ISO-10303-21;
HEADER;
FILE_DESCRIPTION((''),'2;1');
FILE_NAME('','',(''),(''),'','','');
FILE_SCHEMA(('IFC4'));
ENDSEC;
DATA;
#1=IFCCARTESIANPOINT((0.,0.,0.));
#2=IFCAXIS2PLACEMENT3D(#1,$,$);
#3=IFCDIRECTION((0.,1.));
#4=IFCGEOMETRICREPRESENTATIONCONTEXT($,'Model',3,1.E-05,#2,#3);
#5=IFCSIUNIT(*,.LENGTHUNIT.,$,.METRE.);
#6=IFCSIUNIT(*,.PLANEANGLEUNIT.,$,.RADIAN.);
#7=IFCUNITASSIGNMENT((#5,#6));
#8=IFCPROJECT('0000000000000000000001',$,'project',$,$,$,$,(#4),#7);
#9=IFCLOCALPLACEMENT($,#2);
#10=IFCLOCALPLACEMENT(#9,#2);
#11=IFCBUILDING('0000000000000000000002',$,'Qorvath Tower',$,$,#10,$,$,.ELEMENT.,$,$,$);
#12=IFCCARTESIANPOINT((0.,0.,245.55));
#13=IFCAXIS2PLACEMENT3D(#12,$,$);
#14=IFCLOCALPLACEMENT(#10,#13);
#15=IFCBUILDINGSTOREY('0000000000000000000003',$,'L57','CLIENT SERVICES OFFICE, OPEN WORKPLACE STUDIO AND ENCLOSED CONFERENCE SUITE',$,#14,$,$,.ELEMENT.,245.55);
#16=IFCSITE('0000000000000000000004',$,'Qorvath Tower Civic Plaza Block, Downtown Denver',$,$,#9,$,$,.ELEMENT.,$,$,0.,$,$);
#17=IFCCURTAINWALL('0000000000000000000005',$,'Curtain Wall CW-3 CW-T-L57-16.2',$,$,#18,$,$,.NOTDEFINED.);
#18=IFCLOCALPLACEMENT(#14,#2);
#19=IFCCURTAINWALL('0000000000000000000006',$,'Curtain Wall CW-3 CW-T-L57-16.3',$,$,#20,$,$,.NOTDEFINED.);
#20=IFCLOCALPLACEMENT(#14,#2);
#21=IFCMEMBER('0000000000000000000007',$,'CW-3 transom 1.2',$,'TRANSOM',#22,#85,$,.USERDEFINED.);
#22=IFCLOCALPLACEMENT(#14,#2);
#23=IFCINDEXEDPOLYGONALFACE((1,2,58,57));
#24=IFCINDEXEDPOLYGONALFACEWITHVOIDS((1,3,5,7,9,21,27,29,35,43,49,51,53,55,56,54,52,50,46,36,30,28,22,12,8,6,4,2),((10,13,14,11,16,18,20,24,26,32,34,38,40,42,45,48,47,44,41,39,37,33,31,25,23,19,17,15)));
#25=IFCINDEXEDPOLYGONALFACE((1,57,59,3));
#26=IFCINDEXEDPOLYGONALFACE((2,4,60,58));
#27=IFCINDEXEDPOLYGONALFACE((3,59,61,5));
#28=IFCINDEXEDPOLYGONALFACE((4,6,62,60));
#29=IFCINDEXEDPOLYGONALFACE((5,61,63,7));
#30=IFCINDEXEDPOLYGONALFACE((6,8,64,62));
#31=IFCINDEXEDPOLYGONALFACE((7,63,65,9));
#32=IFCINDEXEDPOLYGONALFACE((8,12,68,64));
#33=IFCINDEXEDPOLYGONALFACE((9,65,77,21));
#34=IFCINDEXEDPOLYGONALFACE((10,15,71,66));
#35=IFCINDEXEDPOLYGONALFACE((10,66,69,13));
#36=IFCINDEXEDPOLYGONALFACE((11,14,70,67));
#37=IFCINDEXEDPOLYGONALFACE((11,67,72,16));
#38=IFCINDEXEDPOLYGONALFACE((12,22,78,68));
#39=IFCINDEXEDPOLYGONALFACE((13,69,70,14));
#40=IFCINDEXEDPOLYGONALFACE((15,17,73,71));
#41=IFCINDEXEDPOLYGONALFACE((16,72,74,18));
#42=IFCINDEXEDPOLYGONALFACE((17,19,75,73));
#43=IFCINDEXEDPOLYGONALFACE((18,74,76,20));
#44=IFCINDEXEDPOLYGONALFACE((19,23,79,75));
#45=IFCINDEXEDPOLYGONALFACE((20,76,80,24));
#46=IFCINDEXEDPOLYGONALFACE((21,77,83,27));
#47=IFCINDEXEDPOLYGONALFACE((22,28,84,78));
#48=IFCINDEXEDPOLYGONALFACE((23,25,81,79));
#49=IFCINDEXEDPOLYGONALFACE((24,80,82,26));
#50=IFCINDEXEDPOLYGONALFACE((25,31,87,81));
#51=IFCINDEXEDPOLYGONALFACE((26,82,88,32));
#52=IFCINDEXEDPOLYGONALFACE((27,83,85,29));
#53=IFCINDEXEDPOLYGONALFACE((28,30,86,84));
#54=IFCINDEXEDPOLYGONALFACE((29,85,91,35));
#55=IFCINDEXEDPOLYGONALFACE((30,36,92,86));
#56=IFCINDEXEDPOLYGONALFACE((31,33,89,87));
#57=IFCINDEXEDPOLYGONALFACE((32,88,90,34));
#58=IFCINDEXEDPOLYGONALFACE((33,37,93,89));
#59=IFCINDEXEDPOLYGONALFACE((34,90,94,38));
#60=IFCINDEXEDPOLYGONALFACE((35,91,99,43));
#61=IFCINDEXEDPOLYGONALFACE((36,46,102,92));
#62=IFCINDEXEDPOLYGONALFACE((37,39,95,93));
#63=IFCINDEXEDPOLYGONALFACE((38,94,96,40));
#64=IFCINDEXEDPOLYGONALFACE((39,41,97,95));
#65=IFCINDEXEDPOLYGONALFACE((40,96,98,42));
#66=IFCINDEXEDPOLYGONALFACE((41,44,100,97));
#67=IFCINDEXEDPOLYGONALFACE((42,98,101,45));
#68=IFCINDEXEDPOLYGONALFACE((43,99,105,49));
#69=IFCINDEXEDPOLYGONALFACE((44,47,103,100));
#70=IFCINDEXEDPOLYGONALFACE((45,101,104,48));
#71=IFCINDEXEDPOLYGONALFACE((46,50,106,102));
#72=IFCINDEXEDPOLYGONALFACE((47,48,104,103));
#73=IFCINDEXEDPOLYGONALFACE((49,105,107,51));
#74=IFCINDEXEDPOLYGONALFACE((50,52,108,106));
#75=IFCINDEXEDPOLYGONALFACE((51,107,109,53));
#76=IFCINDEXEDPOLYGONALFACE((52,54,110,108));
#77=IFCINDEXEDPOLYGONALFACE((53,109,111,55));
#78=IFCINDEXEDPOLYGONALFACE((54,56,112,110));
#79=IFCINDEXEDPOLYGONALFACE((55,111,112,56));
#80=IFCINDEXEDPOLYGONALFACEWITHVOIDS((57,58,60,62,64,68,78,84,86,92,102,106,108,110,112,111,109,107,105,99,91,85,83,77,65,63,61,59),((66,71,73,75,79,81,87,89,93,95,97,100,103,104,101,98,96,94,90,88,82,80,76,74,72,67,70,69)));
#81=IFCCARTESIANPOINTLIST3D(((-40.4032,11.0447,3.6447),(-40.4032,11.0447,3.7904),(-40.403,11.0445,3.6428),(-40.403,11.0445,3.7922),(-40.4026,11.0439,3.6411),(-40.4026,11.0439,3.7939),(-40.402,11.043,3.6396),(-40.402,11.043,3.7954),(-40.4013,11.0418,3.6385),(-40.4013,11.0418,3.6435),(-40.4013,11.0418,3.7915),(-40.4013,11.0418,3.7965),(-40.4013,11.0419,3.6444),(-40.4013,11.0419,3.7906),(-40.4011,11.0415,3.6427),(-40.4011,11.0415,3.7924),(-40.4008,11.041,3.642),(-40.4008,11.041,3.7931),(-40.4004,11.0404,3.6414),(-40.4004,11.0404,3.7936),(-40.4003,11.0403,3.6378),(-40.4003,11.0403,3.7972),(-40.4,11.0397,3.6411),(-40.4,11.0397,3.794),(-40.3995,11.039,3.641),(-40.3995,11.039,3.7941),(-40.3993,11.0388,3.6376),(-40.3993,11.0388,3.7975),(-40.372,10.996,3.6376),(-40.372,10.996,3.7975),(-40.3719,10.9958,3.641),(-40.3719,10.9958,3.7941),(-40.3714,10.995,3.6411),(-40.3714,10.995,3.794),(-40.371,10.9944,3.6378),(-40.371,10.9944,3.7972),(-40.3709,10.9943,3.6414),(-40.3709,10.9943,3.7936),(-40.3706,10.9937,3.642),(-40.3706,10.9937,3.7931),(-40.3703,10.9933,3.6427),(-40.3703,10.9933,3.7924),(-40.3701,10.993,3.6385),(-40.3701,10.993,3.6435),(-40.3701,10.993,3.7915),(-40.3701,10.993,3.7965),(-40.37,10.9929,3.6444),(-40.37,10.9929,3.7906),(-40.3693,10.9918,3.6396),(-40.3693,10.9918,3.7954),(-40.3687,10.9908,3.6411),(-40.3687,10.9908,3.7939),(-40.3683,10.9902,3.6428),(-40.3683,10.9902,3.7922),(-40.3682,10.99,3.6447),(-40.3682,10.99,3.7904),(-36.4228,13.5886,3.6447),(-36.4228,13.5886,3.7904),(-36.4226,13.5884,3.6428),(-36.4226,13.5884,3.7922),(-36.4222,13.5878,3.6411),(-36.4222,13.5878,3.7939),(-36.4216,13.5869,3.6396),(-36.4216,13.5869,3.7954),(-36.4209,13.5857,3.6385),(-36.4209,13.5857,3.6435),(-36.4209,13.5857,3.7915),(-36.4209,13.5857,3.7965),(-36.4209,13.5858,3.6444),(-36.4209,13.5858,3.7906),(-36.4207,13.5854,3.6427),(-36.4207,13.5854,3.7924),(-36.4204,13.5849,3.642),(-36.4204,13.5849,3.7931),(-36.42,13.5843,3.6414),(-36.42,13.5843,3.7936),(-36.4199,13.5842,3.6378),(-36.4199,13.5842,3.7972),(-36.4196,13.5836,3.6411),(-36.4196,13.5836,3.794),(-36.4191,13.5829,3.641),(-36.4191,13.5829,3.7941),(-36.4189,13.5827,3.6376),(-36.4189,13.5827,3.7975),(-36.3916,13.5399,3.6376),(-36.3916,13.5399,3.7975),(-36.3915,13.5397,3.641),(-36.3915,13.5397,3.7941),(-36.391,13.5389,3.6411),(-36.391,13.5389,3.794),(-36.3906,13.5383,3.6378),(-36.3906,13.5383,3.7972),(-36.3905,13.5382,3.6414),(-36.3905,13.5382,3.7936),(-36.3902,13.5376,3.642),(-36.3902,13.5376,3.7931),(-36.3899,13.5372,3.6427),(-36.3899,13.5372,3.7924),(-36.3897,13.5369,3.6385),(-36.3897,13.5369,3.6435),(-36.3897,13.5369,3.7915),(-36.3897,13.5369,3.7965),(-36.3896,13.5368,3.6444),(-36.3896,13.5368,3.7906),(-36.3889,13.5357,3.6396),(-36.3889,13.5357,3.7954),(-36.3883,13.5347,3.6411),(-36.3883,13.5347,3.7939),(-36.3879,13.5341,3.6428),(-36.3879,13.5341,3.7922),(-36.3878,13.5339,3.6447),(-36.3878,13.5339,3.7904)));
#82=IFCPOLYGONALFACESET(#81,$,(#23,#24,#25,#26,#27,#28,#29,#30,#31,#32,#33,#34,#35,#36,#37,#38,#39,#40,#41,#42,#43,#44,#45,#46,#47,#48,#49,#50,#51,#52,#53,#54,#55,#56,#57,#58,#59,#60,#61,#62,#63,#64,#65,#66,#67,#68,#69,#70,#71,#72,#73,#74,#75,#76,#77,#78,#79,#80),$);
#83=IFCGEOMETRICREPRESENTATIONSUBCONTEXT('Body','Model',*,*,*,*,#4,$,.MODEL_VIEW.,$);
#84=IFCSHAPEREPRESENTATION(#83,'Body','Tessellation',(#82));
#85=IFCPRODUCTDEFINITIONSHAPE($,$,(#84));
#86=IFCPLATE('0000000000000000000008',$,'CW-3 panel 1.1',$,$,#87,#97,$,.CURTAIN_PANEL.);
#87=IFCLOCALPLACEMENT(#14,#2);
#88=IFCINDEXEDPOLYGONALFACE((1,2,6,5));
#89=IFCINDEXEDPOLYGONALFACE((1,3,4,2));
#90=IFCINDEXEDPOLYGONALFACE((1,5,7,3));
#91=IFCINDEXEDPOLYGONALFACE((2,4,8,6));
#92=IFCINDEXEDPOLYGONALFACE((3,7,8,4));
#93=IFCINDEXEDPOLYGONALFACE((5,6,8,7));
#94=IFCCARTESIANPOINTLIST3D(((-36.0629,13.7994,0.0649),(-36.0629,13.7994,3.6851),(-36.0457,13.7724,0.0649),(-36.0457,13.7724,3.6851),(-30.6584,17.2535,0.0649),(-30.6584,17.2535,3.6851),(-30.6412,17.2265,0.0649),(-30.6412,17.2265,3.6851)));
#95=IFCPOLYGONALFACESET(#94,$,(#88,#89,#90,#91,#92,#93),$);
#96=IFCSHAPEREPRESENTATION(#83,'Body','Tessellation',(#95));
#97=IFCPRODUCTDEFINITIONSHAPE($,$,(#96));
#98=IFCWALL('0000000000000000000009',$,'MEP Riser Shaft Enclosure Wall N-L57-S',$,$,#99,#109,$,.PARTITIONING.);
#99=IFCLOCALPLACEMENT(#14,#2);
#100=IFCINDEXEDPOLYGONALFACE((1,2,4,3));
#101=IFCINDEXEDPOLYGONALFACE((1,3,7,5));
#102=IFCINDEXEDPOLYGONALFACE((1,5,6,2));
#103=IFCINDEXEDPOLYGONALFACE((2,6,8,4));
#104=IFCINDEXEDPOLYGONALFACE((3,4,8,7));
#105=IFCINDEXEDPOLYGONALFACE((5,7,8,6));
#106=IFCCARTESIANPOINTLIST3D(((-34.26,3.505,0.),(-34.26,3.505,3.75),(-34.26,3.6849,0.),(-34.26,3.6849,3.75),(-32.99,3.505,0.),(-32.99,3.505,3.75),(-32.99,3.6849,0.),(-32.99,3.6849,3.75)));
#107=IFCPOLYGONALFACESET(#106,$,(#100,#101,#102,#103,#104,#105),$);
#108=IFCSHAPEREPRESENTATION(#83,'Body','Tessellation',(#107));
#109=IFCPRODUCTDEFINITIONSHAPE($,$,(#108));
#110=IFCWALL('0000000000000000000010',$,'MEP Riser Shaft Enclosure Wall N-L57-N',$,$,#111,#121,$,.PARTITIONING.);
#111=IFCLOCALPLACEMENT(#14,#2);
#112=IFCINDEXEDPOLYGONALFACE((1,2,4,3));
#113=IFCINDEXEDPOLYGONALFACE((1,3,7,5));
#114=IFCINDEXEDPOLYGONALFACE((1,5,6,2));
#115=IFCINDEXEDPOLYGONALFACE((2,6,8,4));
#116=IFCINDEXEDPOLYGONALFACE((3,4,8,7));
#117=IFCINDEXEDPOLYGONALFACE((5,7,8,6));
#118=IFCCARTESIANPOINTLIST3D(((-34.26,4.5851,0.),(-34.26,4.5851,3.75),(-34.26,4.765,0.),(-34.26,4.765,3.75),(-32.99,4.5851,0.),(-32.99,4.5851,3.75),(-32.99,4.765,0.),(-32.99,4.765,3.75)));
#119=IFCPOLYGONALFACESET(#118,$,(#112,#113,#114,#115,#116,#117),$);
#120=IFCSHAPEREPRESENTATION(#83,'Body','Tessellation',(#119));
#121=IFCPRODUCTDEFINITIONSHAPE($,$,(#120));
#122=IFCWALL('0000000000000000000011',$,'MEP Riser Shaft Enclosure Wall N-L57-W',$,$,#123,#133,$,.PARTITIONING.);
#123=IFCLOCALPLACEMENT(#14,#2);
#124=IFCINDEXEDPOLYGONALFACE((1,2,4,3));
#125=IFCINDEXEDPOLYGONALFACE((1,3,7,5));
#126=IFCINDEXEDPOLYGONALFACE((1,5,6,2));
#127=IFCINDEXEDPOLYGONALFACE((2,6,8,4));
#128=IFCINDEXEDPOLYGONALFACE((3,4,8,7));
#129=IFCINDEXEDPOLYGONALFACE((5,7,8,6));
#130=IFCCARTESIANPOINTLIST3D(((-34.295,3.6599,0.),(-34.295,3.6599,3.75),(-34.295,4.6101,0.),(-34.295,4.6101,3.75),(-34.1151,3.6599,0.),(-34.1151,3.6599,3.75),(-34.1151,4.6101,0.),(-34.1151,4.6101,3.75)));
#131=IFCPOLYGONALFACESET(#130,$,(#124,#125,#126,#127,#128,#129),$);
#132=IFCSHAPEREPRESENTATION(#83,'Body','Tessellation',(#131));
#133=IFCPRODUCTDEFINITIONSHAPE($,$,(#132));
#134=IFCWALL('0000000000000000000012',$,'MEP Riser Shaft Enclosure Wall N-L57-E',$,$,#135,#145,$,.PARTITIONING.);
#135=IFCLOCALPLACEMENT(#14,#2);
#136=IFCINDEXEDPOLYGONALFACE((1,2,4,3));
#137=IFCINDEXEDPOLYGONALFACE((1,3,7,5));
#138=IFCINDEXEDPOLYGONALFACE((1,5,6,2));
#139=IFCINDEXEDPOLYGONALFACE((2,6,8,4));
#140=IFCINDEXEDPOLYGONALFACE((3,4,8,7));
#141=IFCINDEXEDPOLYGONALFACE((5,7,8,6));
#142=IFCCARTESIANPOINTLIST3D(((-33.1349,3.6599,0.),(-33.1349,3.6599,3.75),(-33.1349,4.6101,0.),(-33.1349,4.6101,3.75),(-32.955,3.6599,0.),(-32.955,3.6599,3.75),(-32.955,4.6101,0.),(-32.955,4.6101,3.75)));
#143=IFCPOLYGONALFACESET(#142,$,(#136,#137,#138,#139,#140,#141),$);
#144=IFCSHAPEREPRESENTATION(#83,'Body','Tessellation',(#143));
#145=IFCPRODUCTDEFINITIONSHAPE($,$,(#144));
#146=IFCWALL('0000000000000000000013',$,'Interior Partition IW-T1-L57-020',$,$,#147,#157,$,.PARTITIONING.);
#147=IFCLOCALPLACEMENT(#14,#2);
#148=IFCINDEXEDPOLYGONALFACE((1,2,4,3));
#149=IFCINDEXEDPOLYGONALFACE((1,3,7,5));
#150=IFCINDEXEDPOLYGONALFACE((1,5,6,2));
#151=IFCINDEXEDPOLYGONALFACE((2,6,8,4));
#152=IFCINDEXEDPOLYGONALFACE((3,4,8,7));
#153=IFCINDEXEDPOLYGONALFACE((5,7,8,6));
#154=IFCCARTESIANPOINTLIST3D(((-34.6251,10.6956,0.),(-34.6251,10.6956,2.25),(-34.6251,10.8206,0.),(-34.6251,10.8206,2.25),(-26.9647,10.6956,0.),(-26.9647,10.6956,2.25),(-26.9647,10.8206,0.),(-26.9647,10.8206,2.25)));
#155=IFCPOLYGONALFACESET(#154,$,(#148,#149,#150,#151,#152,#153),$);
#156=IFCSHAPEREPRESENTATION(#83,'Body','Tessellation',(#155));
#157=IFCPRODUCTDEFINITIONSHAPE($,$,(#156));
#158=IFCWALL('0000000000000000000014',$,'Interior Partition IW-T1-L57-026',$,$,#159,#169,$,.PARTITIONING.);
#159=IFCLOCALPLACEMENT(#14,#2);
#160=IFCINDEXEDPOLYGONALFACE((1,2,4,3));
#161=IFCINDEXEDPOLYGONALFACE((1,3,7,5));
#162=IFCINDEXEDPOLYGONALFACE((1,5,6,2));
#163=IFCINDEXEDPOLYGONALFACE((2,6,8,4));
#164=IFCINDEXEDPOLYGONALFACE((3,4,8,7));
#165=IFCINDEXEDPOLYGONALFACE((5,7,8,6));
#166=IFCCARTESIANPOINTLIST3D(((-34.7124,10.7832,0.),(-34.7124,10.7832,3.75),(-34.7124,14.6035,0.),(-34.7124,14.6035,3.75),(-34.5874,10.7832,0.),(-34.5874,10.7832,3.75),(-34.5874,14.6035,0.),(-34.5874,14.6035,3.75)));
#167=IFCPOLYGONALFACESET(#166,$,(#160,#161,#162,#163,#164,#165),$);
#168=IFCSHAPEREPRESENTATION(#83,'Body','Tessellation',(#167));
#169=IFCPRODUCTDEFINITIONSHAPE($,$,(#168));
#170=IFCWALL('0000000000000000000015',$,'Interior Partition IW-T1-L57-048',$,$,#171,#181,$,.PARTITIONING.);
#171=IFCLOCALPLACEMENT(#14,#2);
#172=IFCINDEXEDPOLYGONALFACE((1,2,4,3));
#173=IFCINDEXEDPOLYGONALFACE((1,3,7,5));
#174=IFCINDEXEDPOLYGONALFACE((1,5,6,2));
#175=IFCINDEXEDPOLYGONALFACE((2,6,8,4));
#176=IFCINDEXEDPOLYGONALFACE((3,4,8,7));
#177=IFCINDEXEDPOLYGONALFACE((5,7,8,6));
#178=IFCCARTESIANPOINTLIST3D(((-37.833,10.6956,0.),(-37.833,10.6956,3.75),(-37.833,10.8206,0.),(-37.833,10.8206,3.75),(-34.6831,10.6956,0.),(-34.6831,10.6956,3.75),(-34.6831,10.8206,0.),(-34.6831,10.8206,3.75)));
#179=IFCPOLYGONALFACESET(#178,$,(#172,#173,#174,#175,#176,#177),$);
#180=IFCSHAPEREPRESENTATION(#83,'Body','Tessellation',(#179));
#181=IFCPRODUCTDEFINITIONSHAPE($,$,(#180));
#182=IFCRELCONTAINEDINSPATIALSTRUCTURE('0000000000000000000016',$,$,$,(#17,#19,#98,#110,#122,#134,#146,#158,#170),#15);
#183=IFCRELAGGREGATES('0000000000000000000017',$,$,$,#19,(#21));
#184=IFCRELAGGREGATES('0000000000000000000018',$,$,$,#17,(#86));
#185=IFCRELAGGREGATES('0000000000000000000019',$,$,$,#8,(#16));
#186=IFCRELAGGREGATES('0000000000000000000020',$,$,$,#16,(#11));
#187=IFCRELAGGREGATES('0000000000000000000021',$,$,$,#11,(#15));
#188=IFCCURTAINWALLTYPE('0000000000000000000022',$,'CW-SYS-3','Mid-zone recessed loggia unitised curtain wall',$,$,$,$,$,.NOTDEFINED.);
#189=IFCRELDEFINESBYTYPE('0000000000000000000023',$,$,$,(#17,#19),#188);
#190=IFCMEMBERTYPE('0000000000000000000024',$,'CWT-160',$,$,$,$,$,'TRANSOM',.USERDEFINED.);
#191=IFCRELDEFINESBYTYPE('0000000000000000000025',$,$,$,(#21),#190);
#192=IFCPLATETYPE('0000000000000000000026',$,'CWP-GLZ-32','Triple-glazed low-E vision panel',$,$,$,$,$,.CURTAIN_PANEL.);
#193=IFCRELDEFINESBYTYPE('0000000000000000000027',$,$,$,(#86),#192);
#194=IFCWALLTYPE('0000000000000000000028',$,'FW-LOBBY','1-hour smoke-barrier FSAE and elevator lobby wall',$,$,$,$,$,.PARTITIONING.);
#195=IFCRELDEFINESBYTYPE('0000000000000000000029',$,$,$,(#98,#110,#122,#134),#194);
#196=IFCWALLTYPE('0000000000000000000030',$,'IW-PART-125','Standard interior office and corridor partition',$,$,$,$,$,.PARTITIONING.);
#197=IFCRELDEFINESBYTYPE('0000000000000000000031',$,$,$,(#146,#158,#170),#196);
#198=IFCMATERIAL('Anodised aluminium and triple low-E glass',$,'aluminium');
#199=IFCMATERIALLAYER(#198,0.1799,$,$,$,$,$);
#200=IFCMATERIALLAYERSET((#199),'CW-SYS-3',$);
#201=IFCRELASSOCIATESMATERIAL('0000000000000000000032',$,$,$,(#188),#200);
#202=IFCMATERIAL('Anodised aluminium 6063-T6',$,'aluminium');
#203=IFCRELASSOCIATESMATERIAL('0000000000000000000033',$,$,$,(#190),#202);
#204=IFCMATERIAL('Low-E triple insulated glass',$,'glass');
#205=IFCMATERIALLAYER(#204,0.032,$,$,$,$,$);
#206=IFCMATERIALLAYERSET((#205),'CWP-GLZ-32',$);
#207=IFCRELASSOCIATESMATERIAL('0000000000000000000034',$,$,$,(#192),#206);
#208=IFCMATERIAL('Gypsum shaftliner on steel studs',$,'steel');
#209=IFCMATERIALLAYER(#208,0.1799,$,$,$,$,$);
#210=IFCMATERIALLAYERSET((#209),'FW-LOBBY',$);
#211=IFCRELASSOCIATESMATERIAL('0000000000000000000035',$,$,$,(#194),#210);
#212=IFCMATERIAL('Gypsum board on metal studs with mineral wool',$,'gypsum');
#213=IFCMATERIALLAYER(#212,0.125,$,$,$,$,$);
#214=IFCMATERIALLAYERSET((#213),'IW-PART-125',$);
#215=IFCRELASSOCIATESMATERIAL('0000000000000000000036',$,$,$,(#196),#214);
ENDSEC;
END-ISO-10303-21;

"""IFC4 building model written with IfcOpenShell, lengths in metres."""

from ifc_helpers import new_model, si_unit, direction, frame, frame_2d, origin, origin_2d, place, context, subcontext, project, spatial, rectangle, hollow_rectangle, extrude, material, layer, layer_set, material_profile, profile_set, type_object, element, aggregate, save


model = new_model("IFC4")

# Units and contexts
model_context = context("Model", 3, precision=1e-05, world=origin(), true_north=direction((0.0, 1.0)))
body_context = subcontext(model_context, "Body", "Model", "MODEL_VIEW")
ifc_project = project(units=[si_unit("LENGTHUNIT", "METRE"), si_unit("PLANEANGLEUNIT", "RADIAN")], contexts=[model_context])

# Site, building, storey
site_placement = place(None, origin())
site = spatial("IfcSite", under=ifc_project, at=site_placement, Name="Qorvath Tower Civic Plaza Block, Downtown Denver", CompositionType="ELEMENT", RefElevation=0.0)
building_placement = place(site_placement, origin())
building = spatial("IfcBuilding", under=site, at=building_placement, Name="Qorvath Tower", CompositionType="ELEMENT")
storey_placement = place(building_placement, frame((0.0, 0.0, 245.55)))
storey = spatial("IfcBuildingStorey", under=building, at=storey_placement, Name="L57", Description="CLIENT SERVICES OFFICE, OPEN WORKPLACE STUDIO AND ENCLOSED CONFERENCE SUITE", CompositionType="ELEMENT", Elevation=245.55)

# Curtain walls
ifc_material_1 = material(Name="Anodised aluminium and triple low-E glass", Category="aluminium")
ifc_layer_1 = layer(ifc_material_1, 0.1799)
ifc_layer_set_1 = layer_set([ifc_layer_1], Name="CW-SYS-3")
curtain_wall_type = type_object("IfcCurtainWallType", Name="CW-SYS-3", Description="Mid-zone recessed loggia unitised curtain wall", PredefinedType="NOTDEFINED", material=ifc_layer_set_1)
curtain_wall_1_placement = place(storey_placement, origin())
curtain_wall_1 = element("IfcCurtainWall", 1, at=curtain_wall_1_placement, inside=storey, type_object=curtain_wall_type, Name="Curtain Wall CW-3 CW-T-L57-16.2", PredefinedType="NOTDEFINED")
curtain_wall_2_placement = place(storey_placement, origin())
curtain_wall_2 = element("IfcCurtainWall", 2, at=curtain_wall_2_placement, inside=storey, type_object=curtain_wall_type, Name="Curtain Wall CW-3 CW-T-L57-16.3", PredefinedType="NOTDEFINED")

# Member
ifc_material_2 = material(Name="Anodised aluminium 6063-T6", Category="aluminium")
ifc_material_profile_1 = material_profile(ifc_material_2, hollow_rectangle(XDim=0.0649, YDim=0.1599, WallThickness=0.0034, InnerFilletRadius=0.0034, OuterFilletRadius=0.0071, at=origin_2d()), Name="CWT 160x65")
ifc_profile_set_1 = profile_set([ifc_material_profile_1], Name="Anodised aluminium 6063-T6")
member_type_1 = type_object("IfcMemberType", Name="CWT-160", ElementType="TRANSOM", PredefinedType="USERDEFINED", material=ifc_profile_set_1)
member_1_placement = place(storey_placement, frame((-36.4053, 13.5613, 3.7175), z_axis=(-0.842613, -0.53852, 0.0), x_axis=(0.53852, -0.842613, 0.0)))
member_1 = element("IfcMember", 3, at=member_1_placement, type_object=member_type_1, Name="CW-3 transom 1.2", ObjectType="TRANSOM", PredefinedType="USERDEFINED", context=body_context, shape_type="SweptSolid", body=[
    extrude(hollow_rectangle(XDim=0.0649, YDim=0.1599, WallThickness=0.0034, InnerFilletRadius=0.0034, OuterFilletRadius=0.0071, at=origin_2d()), origin(), (0.0, 0.0, 1.0), 4.7239),
])
aggregate(curtain_wall_2, [member_1])

# Plate
ifc_material_3 = material(Name="Low-E triple insulated glass", Category="glass")
ifc_layer_2 = layer(ifc_material_3, 0.032)
ifc_layer_set_2 = layer_set([ifc_layer_2], Name="CWP-GLZ-32")
plate_type = type_object("IfcPlateType", Name="CWP-GLZ-32", Description="Triple-glazed low-E vision panel", PredefinedType="CURTAIN_PANEL", material=ifc_layer_set_2)
plate_placement = place(storey_placement, frame((-33.3521, 15.5129, 0.0649), z_axis=(0.0, 0.0, 1.0), x_axis=(-0.842613, -0.53852, 0.0)))
plate = element("IfcPlate", 4, at=plate_placement, type_object=plate_type, Name="CW-3 panel 1.1", PredefinedType="CURTAIN_PANEL", context=body_context, shape_type="SweptSolid", body=[
    extrude(rectangle(XDim=6.4141, YDim=0.032, at=origin_2d()), origin(), (0.0, 0.0, 1.0), 3.6201),
])
aggregate(curtain_wall_1, [plate])

# Walls
ifc_material_4 = material(Name="Gypsum shaftliner on steel studs", Category="steel")
ifc_layer_3 = layer(ifc_material_4, 0.1799)
ifc_layer_set_3 = layer_set([ifc_layer_3], Name="FW-LOBBY")
wall_type_1 = type_object("IfcWallType", Name="FW-LOBBY", Description="1-hour smoke-barrier FSAE and elevator lobby wall", PredefinedType="PARTITIONING", material=ifc_layer_set_3)
for number, where, z_axis, x_axis, name in (
    (5, (-32.99, 3.595, 0.0), (0.0, 0.0, 1.0), (-1.0, 0.0, 0.0), "MEP Riser Shaft Enclosure Wall N-L57-S"),
    (6, (-34.26, 4.675, 0.0), (0.0, 0.0, 1.0), (1.0, 0.0, 0.0), "MEP Riser Shaft Enclosure Wall N-L57-N"),
):
    element("IfcWall", number, at=place(storey_placement, frame(where, z_axis=z_axis, x_axis=x_axis)), inside=storey, type_object=wall_type_1, Name=name, PredefinedType="PARTITIONING", context=body_context, shape_type="SweptSolid", body=[
        extrude(rectangle(XDim=1.27, YDim=0.1799, at=frame_2d((0.635, 0.0))), origin(), (0.0, 0.0, 1.0), 3.75),
    ])
for number, where, z_axis, x_axis, name in (
    (7, (-34.2051, 3.6599, 0.0), (0.0, 0.0, 1.0), (0.0, 1.0, 0.0), "MEP Riser Shaft Enclosure Wall N-L57-W"),
    (8, (-33.0449, 4.6101, 0.0), (0.0, 0.0, 1.0), (0.0, -1.0, 0.0), "MEP Riser Shaft Enclosure Wall N-L57-E"),
):
    element("IfcWall", number, at=place(storey_placement, frame(where, z_axis=z_axis, x_axis=x_axis)), inside=storey, type_object=wall_type_1, Name=name, PredefinedType="PARTITIONING", context=body_context, shape_type="SweptSolid", body=[
        extrude(rectangle(XDim=0.9502, YDim=0.1799, at=frame_2d((0.4751, 0.0))), origin(), (0.0, 0.0, 1.0), 3.75),
    ])
ifc_material_5 = material(Name="Gypsum board on metal studs with mineral wool", Category="gypsum")
ifc_layer_4 = layer(ifc_material_5, 0.125)
ifc_layer_set_4 = layer_set([ifc_layer_4], Name="IW-PART-125")
wall_type_2 = type_object("IfcWallType", Name="IW-PART-125", Description="Standard interior office and corridor partition", PredefinedType="PARTITIONING", material=ifc_layer_set_4)
wall_1_placement = place(storey_placement, frame((-34.625, 10.7581, 0.0), z_axis=(0.0, 0.0, 1.0), x_axis=(1.0, 0.0, 0.0)))
element("IfcWall", 9, at=wall_1_placement, inside=storey, type_object=wall_type_2, Name="Interior Partition IW-T1-L57-020", PredefinedType="PARTITIONING", context=body_context, shape_type="SweptSolid", body=[
    extrude(rectangle(XDim=7.6604, YDim=0.125, at=frame_2d((3.8301, 0.0))), origin(), (0.0, 0.0, 1.0), 2.25),
])
wall_2_placement = place(storey_placement, frame((-34.6499, 14.6035, 0.0), z_axis=(0.0, 0.0, 1.0), x_axis=(0.0, -1.0, 0.0)))
element("IfcWall", 10, at=wall_2_placement, inside=storey, type_object=wall_type_2, Name="Interior Partition IW-T1-L57-026", PredefinedType="PARTITIONING", context=body_context, shape_type="SweptSolid", body=[
    extrude(rectangle(XDim=3.8203, YDim=0.125, at=frame_2d((1.9102, 0.0))), origin(), (0.0, 0.0, 1.0), 3.75),
])
wall_3_placement = place(storey_placement, frame((-34.6831, 10.7581, 0.0), z_axis=(0.0, 0.0, 1.0), x_axis=(-1.0, 0.0, 0.0)))
element("IfcWall", 11, at=wall_3_placement, inside=storey, type_object=wall_type_2, Name="Interior Partition IW-T1-L57-048", PredefinedType="PARTITIONING", context=body_context, shape_type="SweptSolid", body=[
    extrude(rectangle(XDim=3.1499, YDim=0.125, at=frame_2d((1.575, 0.0))), origin(), (0.0, 0.0, 1.0), 3.75),
])

save(model, "model.ifc")
